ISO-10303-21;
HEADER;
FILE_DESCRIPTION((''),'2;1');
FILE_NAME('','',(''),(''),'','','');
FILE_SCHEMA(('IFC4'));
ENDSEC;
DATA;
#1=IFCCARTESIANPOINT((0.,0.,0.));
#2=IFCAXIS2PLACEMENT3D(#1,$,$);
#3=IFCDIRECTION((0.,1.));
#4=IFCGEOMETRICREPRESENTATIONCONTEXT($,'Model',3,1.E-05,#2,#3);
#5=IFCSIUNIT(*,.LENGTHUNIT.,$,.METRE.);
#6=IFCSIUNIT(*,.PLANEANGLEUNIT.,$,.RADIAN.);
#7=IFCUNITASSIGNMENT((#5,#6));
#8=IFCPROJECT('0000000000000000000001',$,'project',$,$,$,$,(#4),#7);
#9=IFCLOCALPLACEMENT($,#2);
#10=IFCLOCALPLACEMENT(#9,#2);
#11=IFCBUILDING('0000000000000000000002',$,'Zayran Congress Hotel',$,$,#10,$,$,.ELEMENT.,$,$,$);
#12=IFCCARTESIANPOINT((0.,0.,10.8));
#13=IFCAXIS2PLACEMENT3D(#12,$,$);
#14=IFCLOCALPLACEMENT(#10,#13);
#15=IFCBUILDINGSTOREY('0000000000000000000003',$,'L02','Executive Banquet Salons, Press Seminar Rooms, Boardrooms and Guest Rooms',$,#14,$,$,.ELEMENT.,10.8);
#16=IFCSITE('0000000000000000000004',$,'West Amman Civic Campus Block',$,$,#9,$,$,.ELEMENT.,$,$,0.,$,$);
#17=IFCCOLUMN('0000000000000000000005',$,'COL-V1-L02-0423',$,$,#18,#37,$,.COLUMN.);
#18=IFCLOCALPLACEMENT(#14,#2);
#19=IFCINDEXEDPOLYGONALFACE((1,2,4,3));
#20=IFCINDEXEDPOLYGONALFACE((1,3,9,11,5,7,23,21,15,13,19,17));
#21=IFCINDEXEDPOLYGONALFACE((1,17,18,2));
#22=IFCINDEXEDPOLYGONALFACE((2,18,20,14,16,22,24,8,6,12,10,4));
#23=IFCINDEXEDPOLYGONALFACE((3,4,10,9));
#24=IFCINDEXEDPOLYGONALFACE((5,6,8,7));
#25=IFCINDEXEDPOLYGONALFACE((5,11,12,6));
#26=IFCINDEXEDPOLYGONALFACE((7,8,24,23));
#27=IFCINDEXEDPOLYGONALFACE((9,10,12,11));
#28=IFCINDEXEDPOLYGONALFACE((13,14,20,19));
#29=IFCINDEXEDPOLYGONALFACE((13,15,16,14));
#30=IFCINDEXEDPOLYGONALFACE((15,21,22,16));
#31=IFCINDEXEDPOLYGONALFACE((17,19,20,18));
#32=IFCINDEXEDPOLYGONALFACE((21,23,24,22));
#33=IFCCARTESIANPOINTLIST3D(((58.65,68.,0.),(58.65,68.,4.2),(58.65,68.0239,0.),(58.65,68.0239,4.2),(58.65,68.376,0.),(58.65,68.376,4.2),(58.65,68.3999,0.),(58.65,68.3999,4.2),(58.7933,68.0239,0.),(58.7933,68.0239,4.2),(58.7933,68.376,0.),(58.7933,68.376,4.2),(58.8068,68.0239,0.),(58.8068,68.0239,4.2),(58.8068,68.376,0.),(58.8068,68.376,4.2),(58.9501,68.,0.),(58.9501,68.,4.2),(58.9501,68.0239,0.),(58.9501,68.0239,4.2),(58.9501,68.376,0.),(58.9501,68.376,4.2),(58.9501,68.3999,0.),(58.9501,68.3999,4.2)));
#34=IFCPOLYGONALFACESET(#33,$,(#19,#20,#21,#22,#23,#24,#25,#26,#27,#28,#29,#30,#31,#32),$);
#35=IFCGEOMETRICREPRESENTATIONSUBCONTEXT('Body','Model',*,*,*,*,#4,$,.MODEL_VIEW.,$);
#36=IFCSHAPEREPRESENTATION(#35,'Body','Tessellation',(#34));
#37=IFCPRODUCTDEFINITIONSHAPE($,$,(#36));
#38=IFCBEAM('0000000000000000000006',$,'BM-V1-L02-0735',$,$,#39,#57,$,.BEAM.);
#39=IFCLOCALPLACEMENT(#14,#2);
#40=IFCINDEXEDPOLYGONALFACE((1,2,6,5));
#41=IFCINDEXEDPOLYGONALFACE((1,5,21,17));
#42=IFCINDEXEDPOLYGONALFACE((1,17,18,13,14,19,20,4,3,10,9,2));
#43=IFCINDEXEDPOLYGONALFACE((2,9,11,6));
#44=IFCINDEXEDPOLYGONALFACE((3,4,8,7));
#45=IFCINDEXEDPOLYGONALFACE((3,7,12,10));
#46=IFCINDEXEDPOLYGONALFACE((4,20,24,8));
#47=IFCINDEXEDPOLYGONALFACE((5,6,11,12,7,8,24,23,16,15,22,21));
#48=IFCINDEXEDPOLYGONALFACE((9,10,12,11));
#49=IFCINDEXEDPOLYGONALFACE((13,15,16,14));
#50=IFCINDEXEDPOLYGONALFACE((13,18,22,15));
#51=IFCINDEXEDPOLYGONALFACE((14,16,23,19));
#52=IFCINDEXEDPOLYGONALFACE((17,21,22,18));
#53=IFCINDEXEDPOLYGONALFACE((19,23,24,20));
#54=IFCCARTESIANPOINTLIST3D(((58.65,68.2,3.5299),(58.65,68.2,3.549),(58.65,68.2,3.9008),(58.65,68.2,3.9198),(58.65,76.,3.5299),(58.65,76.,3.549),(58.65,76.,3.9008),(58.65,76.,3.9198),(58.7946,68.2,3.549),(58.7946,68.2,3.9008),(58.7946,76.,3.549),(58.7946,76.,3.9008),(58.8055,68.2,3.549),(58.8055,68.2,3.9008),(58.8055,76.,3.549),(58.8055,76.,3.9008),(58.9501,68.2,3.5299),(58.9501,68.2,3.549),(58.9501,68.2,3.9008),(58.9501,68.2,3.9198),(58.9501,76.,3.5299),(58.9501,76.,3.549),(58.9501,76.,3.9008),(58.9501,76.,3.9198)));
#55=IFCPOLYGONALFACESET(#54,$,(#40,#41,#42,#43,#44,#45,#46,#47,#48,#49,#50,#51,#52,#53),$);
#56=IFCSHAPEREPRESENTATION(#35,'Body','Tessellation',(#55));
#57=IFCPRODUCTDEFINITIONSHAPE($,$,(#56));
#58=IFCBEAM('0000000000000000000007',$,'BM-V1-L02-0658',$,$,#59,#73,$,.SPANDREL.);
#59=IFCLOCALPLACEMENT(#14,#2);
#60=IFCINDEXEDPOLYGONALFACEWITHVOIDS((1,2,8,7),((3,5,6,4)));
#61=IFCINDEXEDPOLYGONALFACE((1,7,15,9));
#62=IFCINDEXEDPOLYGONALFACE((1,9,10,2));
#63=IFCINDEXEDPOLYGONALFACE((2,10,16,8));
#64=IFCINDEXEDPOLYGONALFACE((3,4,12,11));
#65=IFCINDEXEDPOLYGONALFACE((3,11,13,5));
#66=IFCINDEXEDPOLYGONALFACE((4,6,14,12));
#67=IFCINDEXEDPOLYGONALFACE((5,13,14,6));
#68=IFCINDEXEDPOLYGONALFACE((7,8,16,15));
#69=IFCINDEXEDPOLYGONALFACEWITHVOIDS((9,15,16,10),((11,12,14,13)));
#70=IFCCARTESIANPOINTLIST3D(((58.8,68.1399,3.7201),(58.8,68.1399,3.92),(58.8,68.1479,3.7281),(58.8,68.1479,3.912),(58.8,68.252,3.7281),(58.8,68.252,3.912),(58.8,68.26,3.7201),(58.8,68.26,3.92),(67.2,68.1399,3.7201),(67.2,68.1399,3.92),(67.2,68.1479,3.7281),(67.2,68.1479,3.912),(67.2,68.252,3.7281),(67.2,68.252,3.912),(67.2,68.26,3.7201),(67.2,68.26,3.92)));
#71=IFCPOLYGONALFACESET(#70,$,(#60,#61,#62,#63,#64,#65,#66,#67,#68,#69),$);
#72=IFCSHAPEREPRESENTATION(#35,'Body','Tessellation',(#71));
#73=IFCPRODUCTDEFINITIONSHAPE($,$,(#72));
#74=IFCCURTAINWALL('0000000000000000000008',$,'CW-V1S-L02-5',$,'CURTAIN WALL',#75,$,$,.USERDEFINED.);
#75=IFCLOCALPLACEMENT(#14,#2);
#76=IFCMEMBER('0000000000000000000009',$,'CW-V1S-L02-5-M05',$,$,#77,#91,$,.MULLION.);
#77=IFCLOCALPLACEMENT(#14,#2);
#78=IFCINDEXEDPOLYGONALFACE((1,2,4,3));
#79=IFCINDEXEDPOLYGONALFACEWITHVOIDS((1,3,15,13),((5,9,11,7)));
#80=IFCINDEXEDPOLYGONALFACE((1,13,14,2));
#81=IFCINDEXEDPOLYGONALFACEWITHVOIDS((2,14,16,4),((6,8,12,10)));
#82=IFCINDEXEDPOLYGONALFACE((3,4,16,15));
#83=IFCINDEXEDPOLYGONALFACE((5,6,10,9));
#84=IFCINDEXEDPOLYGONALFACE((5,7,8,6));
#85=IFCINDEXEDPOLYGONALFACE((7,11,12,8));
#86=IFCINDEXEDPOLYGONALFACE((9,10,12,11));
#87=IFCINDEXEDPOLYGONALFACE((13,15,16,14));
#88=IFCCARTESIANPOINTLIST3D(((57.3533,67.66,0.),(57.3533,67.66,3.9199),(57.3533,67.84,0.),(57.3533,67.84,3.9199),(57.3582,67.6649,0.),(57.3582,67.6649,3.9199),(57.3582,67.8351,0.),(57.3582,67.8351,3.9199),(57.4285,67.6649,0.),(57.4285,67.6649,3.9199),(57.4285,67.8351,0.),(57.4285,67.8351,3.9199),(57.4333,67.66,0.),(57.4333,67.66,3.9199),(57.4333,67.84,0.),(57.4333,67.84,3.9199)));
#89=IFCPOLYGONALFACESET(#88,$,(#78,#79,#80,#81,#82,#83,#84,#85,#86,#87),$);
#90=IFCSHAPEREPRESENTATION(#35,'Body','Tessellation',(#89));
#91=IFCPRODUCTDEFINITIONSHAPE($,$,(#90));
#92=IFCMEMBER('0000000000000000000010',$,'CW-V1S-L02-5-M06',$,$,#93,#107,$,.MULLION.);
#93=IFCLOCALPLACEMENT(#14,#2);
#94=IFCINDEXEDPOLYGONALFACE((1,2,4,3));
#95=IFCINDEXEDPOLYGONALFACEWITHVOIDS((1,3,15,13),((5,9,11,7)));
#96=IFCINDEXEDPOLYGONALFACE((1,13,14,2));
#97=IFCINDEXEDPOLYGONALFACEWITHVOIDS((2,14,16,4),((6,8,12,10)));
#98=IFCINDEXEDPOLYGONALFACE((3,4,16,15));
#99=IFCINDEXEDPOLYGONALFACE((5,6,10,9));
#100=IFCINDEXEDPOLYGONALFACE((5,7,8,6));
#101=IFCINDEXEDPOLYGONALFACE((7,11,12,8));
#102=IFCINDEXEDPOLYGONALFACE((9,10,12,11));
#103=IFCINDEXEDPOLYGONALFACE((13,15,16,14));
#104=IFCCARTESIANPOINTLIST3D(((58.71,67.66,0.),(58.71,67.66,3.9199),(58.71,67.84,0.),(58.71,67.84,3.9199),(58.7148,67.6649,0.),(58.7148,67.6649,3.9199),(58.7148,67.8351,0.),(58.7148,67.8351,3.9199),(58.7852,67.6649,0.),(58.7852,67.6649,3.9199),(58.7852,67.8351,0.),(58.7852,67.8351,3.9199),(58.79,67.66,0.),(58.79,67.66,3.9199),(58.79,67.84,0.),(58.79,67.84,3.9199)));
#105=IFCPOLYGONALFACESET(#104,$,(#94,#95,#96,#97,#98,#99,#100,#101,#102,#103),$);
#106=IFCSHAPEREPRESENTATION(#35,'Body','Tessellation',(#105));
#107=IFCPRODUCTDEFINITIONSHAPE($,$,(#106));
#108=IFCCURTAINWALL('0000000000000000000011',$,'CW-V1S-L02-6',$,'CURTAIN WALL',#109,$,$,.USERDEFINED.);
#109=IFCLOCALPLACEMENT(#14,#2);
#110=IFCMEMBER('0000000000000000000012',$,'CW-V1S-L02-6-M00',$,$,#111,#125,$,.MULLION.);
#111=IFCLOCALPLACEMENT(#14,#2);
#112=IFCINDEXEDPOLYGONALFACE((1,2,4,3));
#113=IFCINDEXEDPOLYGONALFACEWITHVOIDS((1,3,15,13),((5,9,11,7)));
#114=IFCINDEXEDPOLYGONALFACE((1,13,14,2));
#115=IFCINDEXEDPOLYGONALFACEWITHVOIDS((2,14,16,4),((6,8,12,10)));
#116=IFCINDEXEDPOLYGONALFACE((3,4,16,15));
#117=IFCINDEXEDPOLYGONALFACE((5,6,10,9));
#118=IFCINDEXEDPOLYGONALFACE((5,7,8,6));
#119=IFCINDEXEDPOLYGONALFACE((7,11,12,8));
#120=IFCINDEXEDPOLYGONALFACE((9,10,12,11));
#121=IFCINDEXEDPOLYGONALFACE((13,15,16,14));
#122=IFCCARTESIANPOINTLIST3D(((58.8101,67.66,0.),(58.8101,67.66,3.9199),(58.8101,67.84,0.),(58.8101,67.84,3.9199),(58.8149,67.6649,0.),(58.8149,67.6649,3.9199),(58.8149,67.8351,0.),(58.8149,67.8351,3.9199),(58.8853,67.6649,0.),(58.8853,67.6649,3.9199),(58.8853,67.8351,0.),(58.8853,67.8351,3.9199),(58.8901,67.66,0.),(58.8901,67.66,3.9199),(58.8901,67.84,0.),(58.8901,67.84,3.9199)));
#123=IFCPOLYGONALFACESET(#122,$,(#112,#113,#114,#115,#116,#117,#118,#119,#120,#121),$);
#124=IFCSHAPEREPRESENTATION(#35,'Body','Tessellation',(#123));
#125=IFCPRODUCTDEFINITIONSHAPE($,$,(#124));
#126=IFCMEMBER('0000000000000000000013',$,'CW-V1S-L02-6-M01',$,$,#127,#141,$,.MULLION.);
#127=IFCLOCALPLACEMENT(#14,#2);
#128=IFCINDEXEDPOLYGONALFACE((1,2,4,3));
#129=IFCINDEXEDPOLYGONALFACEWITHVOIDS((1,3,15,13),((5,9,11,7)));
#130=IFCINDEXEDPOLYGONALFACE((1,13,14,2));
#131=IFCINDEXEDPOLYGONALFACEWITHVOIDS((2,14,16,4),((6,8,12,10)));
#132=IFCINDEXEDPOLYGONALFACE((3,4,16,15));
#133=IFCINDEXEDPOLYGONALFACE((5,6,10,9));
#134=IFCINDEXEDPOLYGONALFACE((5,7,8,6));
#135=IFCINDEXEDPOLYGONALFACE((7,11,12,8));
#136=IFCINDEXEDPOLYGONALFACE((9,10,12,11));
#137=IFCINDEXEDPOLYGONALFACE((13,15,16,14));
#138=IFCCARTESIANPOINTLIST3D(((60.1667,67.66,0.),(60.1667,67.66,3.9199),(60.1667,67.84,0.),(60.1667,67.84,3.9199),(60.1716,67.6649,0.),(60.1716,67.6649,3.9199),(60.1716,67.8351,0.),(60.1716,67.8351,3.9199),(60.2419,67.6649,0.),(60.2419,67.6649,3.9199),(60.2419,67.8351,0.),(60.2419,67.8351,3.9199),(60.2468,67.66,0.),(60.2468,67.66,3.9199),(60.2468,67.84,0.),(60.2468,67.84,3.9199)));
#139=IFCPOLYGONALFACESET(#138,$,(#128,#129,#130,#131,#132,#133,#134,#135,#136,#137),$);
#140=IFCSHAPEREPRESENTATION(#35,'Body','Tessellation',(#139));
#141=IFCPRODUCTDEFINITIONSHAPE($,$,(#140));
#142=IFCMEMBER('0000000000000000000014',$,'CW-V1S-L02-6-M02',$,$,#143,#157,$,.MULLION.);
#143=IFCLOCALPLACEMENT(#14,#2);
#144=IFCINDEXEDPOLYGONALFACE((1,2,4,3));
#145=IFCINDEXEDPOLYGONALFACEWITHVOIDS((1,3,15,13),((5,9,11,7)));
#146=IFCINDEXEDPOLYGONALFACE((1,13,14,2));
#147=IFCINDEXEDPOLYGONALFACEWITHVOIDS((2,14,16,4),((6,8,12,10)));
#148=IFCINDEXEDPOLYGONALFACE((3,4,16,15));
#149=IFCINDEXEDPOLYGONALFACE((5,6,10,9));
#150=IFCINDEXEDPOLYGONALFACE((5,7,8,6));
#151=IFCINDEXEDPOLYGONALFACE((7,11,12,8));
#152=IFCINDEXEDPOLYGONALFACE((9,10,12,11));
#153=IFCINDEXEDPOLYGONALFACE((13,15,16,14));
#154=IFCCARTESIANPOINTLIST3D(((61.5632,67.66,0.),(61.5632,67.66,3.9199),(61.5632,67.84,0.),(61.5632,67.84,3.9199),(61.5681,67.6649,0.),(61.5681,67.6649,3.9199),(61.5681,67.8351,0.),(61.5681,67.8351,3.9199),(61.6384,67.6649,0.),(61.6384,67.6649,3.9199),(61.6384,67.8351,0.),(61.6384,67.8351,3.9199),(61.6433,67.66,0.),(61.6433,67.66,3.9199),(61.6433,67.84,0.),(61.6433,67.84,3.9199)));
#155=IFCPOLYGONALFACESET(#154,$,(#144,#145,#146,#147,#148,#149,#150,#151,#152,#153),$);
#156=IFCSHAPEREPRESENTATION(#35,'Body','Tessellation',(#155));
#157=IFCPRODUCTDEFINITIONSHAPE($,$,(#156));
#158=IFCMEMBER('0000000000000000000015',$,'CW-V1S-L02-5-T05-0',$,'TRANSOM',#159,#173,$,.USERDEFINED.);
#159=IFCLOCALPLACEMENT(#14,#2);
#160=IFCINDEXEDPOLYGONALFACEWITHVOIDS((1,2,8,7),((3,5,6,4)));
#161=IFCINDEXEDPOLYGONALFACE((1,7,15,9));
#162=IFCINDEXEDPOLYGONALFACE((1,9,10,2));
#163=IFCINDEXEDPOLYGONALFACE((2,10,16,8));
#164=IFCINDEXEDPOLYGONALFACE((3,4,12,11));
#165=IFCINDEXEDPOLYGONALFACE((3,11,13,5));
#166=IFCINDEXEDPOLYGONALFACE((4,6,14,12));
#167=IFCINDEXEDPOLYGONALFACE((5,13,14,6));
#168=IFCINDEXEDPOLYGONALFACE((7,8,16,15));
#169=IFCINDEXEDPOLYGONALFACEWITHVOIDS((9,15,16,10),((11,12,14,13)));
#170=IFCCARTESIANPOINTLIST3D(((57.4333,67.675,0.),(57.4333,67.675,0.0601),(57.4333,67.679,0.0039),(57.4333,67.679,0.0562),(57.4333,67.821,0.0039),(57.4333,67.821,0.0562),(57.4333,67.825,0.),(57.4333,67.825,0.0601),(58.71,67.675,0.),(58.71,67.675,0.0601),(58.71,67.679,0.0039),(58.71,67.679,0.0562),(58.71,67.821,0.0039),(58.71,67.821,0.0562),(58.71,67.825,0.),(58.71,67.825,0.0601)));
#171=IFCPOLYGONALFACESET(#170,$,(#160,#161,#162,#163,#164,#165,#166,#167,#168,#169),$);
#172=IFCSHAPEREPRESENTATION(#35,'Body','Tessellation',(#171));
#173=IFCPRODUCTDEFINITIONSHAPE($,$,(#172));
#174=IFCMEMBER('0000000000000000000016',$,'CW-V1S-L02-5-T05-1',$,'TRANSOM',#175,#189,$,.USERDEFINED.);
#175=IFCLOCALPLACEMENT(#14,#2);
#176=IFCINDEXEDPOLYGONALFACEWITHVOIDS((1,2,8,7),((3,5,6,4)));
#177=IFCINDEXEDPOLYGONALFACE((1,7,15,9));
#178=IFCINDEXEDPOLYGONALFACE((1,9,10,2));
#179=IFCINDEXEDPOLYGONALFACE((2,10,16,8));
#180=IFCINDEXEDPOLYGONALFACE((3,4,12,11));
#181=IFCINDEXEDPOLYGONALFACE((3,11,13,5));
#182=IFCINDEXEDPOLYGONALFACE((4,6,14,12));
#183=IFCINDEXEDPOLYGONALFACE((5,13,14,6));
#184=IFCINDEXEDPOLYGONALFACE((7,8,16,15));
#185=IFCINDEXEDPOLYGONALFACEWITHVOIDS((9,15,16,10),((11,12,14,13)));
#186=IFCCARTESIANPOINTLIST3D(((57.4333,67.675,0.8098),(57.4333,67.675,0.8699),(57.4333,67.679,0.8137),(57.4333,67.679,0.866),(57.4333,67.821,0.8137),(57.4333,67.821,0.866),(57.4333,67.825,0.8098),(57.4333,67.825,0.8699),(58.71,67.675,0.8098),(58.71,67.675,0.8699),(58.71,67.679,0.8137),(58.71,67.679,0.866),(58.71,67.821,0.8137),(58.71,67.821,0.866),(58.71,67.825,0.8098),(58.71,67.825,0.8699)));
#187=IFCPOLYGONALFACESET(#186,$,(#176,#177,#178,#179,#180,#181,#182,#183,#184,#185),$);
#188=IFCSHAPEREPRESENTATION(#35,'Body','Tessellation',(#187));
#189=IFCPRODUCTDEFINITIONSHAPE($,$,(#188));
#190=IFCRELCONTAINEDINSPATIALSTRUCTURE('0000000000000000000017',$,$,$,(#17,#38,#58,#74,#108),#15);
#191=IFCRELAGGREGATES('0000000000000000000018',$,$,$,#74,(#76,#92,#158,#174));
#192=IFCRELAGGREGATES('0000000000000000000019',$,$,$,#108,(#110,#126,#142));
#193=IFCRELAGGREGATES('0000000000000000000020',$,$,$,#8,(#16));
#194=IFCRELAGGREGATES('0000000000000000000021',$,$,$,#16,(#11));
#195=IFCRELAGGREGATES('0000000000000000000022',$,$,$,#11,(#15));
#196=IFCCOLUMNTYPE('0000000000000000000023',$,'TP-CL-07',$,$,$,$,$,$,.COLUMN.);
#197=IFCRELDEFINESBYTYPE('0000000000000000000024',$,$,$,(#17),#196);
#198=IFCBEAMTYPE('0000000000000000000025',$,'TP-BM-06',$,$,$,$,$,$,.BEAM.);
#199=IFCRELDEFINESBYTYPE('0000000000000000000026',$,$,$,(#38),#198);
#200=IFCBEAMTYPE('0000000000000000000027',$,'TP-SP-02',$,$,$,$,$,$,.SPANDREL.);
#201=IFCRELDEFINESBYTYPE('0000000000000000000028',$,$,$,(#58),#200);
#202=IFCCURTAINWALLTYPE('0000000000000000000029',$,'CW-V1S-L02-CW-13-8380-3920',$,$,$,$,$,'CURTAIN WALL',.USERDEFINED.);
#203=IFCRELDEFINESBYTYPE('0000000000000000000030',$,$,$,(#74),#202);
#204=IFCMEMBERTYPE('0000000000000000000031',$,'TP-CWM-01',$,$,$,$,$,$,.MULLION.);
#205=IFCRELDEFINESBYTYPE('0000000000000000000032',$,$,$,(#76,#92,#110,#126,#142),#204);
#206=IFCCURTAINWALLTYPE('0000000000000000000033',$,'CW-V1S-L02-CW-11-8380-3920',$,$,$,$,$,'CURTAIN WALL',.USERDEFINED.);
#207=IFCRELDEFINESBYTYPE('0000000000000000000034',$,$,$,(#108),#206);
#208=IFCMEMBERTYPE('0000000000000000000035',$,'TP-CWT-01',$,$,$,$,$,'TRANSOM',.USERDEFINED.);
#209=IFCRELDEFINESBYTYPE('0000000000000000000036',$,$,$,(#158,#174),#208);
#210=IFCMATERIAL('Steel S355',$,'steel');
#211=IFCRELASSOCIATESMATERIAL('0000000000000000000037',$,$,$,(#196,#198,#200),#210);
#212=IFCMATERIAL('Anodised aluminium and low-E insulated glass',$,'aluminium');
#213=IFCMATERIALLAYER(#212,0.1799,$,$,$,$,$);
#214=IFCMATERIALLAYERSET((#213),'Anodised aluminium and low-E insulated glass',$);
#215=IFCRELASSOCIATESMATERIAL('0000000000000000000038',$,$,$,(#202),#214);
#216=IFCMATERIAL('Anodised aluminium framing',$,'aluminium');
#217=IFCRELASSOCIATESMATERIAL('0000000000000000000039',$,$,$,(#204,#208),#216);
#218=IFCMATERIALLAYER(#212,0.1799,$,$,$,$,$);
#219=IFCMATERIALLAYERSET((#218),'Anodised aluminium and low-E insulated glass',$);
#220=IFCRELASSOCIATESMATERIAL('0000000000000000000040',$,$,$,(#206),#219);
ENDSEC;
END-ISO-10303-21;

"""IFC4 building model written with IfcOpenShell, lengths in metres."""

from ifc_helpers import new_model, si_unit, direction, frame, origin, origin_2d, place, context, subcontext, project, spatial, hollow_rectangle, i_section, extrude, material, layer, layer_set, material_profile, profile_set, type_object, element, aggregate, save


model = new_model("IFC4")

# Units and contexts
model_context = context("Model", 3, precision=1e-05, world=origin(), true_north=direction((0.0, 1.0)))
body_context = subcontext(model_context, "Body", "Model", "MODEL_VIEW")
ifc_project = project(units=[si_unit("LENGTHUNIT", "METRE"), si_unit("PLANEANGLEUNIT", "RADIAN")], contexts=[model_context])

# Site, building, storey
site_placement = place(None, origin())
site = spatial("IfcSite", under=ifc_project, at=site_placement, Name="West Amman Civic Campus Block", CompositionType="ELEMENT", RefElevation=0.0)
building_placement = place(site_placement, origin())
building = spatial("IfcBuilding", under=site, at=building_placement, Name="Zayran Congress Hotel", CompositionType="ELEMENT")
storey_placement = place(building_placement, frame((0.0, 0.0, 10.8)))
storey = spatial("IfcBuildingStorey", under=building, at=storey_placement, Name="L02", Description="Executive Banquet Salons, Press Seminar Rooms, Boardrooms and Guest Rooms", CompositionType="ELEMENT", Elevation=10.8)

# Column
ifc_material_1 = material(Name="Steel S355", Category="steel")
ifc_material_profile_1 = material_profile(ifc_material_1, i_section(OverallWidth=0.3, OverallDepth=0.3999, WebThickness=0.0134, FlangeThickness=0.0239, at=origin_2d()), Name="HEB 400")
ifc_profile_set_1 = profile_set([ifc_material_profile_1], Name="Steel S355")
column_type = type_object("IfcColumnType", Name="TP-CL-07", PredefinedType="COLUMN", material=ifc_profile_set_1)
column_placement = place(storey_placement, frame((58.8, 68.2, 0.0), z_axis=(0.0, 0.0, 1.0), x_axis=(1.0, 0.0, 0.0)))
element("IfcColumn", 1, at=column_placement, inside=storey, type_object=column_type, Name="COL-V1-L02-0423", PredefinedType="COLUMN", context=body_context, shape_type="SweptSolid", body=[
    extrude(i_section(OverallWidth=0.3, OverallDepth=0.3999, WebThickness=0.0134, FlangeThickness=0.0239, at=origin_2d()), origin(), (0.0, 0.0, 1.0), 4.2),
])

# Beams
ifc_material_profile_2 = material_profile(ifc_material_1, i_section(OverallWidth=0.3, OverallDepth=0.3899, WebThickness=0.011, FlangeThickness=0.019, at=origin_2d()), Name="HEA 400")
ifc_profile_set_2 = profile_set([ifc_material_profile_2], Name="Steel S355")
beam_type_1 = type_object("IfcBeamType", Name="TP-BM-06", PredefinedType="BEAM", material=ifc_profile_set_2)
beam_1_placement = place(storey_placement, frame((58.8, 68.2, 3.7249), z_axis=(0.0, 1.0, 0.0), x_axis=(-1.0, 0.0, 0.0)))
element("IfcBeam", 2, at=beam_1_placement, inside=storey, type_object=beam_type_1, Name="BM-V1-L02-0735", PredefinedType="BEAM", context=body_context, shape_type="SweptSolid", body=[
    extrude(i_section(OverallWidth=0.3, OverallDepth=0.3899, WebThickness=0.011, FlangeThickness=0.019, at=origin_2d()), origin(), (0.0, 0.0, 1.0), 7.8),
])
ifc_material_profile_3 = material_profile(ifc_material_1, hollow_rectangle(XDim=0.1201, YDim=0.2, WallThickness=0.0081, at=origin_2d()), Name="RHS 200x120x8")
ifc_profile_set_3 = profile_set([ifc_material_profile_3], Name="Steel S355")
beam_type_2 = type_object("IfcBeamType", Name="TP-SP-02", PredefinedType="SPANDREL", material=ifc_profile_set_3)
beam_2_placement = place(storey_placement, frame((58.8, 68.2, 3.8201), z_axis=(1.0, 0.0, 0.0), x_axis=(0.0, 1.0, 0.0)))
element("IfcBeam", 3, at=beam_2_placement, inside=storey, type_object=beam_type_2, Name="BM-V1-L02-0658", PredefinedType="SPANDREL", context=body_context, shape_type="SweptSolid", body=[
    extrude(hollow_rectangle(XDim=0.1201, YDim=0.2, WallThickness=0.0081, at=origin_2d()), origin(), (0.0, 0.0, 1.0), 8.3999),
])

# Curtain walls, members
ifc_material_2 = material(Name="Anodised aluminium and low-E insulated glass", Category="aluminium")
ifc_layer_1 = layer(ifc_material_2, 0.1799)
ifc_layer_set_1 = layer_set([ifc_layer_1], Name="Anodised aluminium and low-E insulated glass")
curtain_wall_type_1 = type_object("IfcCurtainWallType", Name="CW-V1S-L02-CW-13-8380-3920", ElementType="CURTAIN WALL", PredefinedType="USERDEFINED", material=ifc_layer_set_1)
curtain_wall_1_placement = place(storey_placement, origin())
curtain_wall_1 = element("IfcCurtainWall", 4, at=curtain_wall_1_placement, inside=storey, type_object=curtain_wall_type_1, Name="CW-V1S-L02-5", ObjectType="CURTAIN WALL", PredefinedType="USERDEFINED")
ifc_material_3 = material(Name="Anodised aluminium framing", Category="aluminium")
ifc_material_profile_4 = material_profile(ifc_material_3, hollow_rectangle(XDim=0.0801, YDim=0.1799, WallThickness=0.0049, at=origin_2d()), Name="RHS 180x80x5")
ifc_profile_set_4 = profile_set([ifc_material_profile_4], Name="Anodised aluminium framing")
member_type_1 = type_object("IfcMemberType", Name="TP-CWM-01", PredefinedType="MULLION", material=ifc_profile_set_4)
member_1_placement = place(storey_placement, frame((57.3933, 67.75, 0.0), z_axis=(0.0, 0.0, 1.0), x_axis=(1.0, 0.0, 0.0)))
member_1 = element("IfcMember", 5, at=member_1_placement, type_object=member_type_1, Name="CW-V1S-L02-5-M05", PredefinedType="MULLION", context=body_context, shape_type="SweptSolid", body=[
    extrude(hollow_rectangle(XDim=0.0801, YDim=0.1799, WallThickness=0.0049, at=origin_2d()), origin(), (0.0, 0.0, 1.0), 3.9199),
])
member_2_placement = place(storey_placement, frame((58.75, 67.75, 0.0), z_axis=(0.0, 0.0, 1.0), x_axis=(1.0, 0.0, 0.0)))
member_2 = element("IfcMember", 6, at=member_2_placement, type_object=member_type_1, Name="CW-V1S-L02-5-M06", PredefinedType="MULLION", context=body_context, shape_type="SweptSolid", body=[
    extrude(hollow_rectangle(XDim=0.0801, YDim=0.1799, WallThickness=0.0049, at=origin_2d()), origin(), (0.0, 0.0, 1.0), 3.9199),
])
ifc_layer_2 = layer(ifc_material_2, 0.1799)
ifc_layer_set_2 = layer_set([ifc_layer_2], Name="Anodised aluminium and low-E insulated glass")
curtain_wall_type_2 = type_object("IfcCurtainWallType", Name="CW-V1S-L02-CW-11-8380-3920", ElementType="CURTAIN WALL", PredefinedType="USERDEFINED", material=ifc_layer_set_2)
curtain_wall_2_placement = place(storey_placement, origin())
curtain_wall_2 = element("IfcCurtainWall", 7, at=curtain_wall_2_placement, inside=storey, type_object=curtain_wall_type_2, Name="CW-V1S-L02-6", ObjectType="CURTAIN WALL", PredefinedType="USERDEFINED")
member_3_placement = place(storey_placement, frame((58.8501, 67.75, 0.0), z_axis=(0.0, 0.0, 1.0), x_axis=(1.0, 0.0, 0.0)))
member_3 = element("IfcMember", 8, at=member_3_placement, type_object=member_type_1, Name="CW-V1S-L02-6-M00", PredefinedType="MULLION", context=body_context, shape_type="SweptSolid", body=[
    extrude(hollow_rectangle(XDim=0.0801, YDim=0.1799, WallThickness=0.0049, at=origin_2d()), origin(), (0.0, 0.0, 1.0), 3.9199),
])
member_4_placement = place(storey_placement, frame((60.2068, 67.75, 0.0), z_axis=(0.0, 0.0, 1.0), x_axis=(1.0, 0.0, 0.0)))
member_4 = element("IfcMember", 9, at=member_4_placement, type_object=member_type_1, Name="CW-V1S-L02-6-M01", PredefinedType="MULLION", context=body_context, shape_type="SweptSolid", body=[
    extrude(hollow_rectangle(XDim=0.0801, YDim=0.1799, WallThickness=0.0049, at=origin_2d()), origin(), (0.0, 0.0, 1.0), 3.9199),
])
member_5_placement = place(storey_placement, frame((61.6033, 67.75, 0.0), z_axis=(0.0, 0.0, 1.0), x_axis=(1.0, 0.0, 0.0)))
member_5 = element("IfcMember", 10, at=member_5_placement, type_object=member_type_1, Name="CW-V1S-L02-6-M02", PredefinedType="MULLION", context=body_context, shape_type="SweptSolid", body=[
    extrude(hollow_rectangle(XDim=0.0801, YDim=0.1799, WallThickness=0.0049, at=origin_2d()), origin(), (0.0, 0.0, 1.0), 3.9199),
])

# Members
ifc_material_profile_5 = material_profile(ifc_material_3, hollow_rectangle(XDim=0.0601, YDim=0.1499, WallThickness=0.0039, at=origin_2d()), Name="RHS 150x60x4")
ifc_profile_set_5 = profile_set([ifc_material_profile_5], Name="Anodised aluminium framing")
member_type_2 = type_object("IfcMemberType", Name="TP-CWT-01", ElementType="TRANSOM", PredefinedType="USERDEFINED", material=ifc_profile_set_5)
member_6_placement = place(storey_placement, frame((57.4333, 67.75, 0.03), z_axis=(1.0, 0.0, 0.0), x_axis=(0.0, 0.0, 1.0)))
member_6 = element("IfcMember", 11, at=member_6_placement, type_object=member_type_2, Name="CW-V1S-L02-5-T05-0", ObjectType="TRANSOM", PredefinedType="USERDEFINED", context=body_context, shape_type="SweptSolid", body=[
    extrude(hollow_rectangle(XDim=0.0601, YDim=0.1499, WallThickness=0.0039, at=origin_2d()), origin(), (0.0, 0.0, 1.0), 1.2766),
])
member_7_placement = place(storey_placement, frame((57.4333, 67.75, 0.8398), z_axis=(1.0, 0.0, 0.0), x_axis=(0.0, 0.0, 1.0)))
member_7 = element("IfcMember", 12, at=member_7_placement, type_object=member_type_2, Name="CW-V1S-L02-5-T05-1", ObjectType="TRANSOM", PredefinedType="USERDEFINED", context=body_context, shape_type="SweptSolid", body=[
    extrude(hollow_rectangle(XDim=0.0601, YDim=0.1499, WallThickness=0.0039, at=origin_2d()), origin(), (0.0, 0.0, 1.0), 1.2766),
])

aggregate(curtain_wall_1, [member_1, member_2, member_6, member_7])
aggregate(curtain_wall_2, [member_3, member_4, member_5])

save(model, "model.ifc")
